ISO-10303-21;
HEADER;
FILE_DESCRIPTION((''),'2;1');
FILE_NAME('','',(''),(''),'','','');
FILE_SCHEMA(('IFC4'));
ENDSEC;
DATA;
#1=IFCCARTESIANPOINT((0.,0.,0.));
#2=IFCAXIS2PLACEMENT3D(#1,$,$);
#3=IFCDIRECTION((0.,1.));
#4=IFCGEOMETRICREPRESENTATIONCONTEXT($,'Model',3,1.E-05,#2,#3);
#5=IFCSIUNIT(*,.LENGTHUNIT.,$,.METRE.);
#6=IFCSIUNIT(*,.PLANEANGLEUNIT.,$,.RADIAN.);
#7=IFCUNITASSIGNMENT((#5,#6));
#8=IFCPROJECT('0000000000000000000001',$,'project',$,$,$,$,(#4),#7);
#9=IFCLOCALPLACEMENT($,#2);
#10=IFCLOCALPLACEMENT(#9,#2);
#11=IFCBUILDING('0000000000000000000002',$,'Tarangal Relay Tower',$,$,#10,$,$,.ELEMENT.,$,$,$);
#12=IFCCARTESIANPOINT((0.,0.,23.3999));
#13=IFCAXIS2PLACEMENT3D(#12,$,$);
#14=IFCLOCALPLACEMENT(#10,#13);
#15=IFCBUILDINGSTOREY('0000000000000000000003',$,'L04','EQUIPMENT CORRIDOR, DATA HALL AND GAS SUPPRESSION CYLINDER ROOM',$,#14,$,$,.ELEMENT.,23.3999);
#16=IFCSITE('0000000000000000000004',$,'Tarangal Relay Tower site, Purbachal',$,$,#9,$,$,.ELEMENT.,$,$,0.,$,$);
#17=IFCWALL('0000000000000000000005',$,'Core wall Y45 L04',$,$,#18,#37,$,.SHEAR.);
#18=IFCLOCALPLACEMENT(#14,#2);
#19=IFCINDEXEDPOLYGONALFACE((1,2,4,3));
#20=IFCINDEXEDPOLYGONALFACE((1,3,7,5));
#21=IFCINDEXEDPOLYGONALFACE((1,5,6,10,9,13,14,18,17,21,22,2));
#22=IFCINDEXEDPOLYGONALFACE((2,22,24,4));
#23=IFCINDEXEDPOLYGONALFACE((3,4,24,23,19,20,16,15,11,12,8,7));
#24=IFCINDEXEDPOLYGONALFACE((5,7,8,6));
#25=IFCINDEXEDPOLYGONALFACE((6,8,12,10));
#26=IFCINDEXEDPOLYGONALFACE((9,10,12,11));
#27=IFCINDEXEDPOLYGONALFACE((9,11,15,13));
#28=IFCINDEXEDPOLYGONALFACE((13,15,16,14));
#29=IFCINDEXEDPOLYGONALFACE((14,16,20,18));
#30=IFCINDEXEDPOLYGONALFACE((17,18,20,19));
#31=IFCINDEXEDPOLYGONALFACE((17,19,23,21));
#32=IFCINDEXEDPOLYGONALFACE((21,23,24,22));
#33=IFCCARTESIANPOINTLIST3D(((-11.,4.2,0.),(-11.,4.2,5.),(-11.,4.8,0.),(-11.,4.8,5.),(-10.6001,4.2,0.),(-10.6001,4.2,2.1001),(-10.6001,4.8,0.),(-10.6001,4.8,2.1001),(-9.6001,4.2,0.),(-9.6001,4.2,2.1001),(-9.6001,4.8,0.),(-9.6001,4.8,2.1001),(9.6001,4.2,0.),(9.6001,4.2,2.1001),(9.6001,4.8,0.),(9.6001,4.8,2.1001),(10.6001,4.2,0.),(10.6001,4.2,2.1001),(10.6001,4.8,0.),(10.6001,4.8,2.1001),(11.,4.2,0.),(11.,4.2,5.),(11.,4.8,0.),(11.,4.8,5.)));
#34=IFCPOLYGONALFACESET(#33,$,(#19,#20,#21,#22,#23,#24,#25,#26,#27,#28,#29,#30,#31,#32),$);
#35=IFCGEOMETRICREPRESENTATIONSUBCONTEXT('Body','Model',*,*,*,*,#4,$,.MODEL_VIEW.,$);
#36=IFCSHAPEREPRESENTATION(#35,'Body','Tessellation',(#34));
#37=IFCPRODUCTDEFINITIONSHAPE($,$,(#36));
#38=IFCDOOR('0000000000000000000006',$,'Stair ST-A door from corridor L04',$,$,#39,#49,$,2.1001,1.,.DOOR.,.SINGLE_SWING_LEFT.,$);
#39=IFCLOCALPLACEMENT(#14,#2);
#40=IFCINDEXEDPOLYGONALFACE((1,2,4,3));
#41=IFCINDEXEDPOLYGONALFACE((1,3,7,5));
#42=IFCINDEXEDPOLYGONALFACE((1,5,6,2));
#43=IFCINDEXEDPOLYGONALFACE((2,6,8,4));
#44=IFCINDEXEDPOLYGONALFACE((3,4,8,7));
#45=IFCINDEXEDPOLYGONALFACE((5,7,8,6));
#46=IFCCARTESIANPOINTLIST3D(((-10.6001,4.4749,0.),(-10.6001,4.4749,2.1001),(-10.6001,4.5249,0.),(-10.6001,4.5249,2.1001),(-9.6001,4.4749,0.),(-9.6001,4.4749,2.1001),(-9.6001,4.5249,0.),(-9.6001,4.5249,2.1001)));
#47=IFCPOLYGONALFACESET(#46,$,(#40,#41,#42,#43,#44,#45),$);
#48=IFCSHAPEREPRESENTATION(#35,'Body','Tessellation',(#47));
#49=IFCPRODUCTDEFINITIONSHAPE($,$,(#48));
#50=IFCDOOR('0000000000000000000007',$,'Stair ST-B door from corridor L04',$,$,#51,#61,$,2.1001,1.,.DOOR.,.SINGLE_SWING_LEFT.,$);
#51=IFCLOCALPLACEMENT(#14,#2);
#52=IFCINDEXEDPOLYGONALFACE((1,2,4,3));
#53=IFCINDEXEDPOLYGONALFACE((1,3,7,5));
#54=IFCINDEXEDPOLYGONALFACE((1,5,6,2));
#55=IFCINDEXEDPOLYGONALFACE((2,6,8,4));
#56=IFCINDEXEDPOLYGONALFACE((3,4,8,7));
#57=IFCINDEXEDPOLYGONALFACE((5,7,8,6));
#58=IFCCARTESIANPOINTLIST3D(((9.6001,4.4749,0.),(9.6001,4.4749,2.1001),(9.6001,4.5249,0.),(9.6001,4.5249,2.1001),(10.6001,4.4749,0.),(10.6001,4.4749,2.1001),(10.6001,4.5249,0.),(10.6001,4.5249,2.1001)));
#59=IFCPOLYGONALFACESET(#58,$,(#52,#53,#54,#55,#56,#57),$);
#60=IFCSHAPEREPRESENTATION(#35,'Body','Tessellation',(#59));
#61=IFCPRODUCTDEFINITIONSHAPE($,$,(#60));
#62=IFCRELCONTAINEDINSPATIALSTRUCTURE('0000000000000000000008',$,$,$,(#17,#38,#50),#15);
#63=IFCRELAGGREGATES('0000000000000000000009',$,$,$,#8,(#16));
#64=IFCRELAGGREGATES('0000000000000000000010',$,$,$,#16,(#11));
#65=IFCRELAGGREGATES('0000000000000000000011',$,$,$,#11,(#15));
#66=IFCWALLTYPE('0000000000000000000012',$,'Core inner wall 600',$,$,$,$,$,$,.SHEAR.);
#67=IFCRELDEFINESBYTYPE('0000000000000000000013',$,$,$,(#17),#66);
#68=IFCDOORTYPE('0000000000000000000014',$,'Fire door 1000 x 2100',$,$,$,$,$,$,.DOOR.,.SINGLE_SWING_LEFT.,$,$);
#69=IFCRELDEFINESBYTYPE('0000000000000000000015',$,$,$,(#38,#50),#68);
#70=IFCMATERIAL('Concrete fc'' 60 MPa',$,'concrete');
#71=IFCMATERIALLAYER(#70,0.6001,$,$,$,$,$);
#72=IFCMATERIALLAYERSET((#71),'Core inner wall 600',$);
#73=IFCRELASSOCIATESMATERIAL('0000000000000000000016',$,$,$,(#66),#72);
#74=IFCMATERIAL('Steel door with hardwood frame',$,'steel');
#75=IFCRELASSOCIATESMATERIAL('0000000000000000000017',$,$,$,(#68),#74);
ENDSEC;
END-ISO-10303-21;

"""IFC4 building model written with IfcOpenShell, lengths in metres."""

from ifc_helpers import new_model, si_unit, direction, frame, frame_2d, origin, place, context, subcontext, project, spatial, rectangle, extrude, material, layer, layer_set, type_object, element, fill, save


model = new_model("IFC4")

# Units and contexts
model_context = context("Model", 3, precision=1e-05, world=origin(), true_north=direction((0.0, 1.0)))
body_context = subcontext(model_context, "Body", "Model", "MODEL_VIEW")
ifc_project = project(units=[si_unit("LENGTHUNIT", "METRE"), si_unit("PLANEANGLEUNIT", "RADIAN")], contexts=[model_context])

# Site, building, storey
site_placement = place(None, origin())
site = spatial("IfcSite", under=ifc_project, at=site_placement, Name="Tarangal Relay Tower site, Purbachal", CompositionType="ELEMENT", RefElevation=0.0)
building_placement = place(site_placement, origin())
building = spatial("IfcBuilding", under=site, at=building_placement, Name="Tarangal Relay Tower", CompositionType="ELEMENT")
storey_placement = place(building_placement, frame((0.0, 0.0, 23.3999)))
storey = spatial("IfcBuildingStorey", under=building, at=storey_placement, Name="L04", Description="EQUIPMENT CORRIDOR, DATA HALL AND GAS SUPPRESSION CYLINDER ROOM", CompositionType="ELEMENT", Elevation=23.3999)

# Wall, openings, doors
ifc_material_1 = material(Name="Concrete fc' 60 MPa", Category="concrete")
ifc_layer = layer(ifc_material_1, 0.6001)
ifc_layer_set = layer_set([ifc_layer], Name="Core inner wall 600")
wall_type = type_object("IfcWallType", Name="Core inner wall 600", PredefinedType="SHEAR", material=ifc_layer_set)
wall_1_placement = place(storey_placement, frame((-11.0, 4.5, 0.0), z_axis=(0.0, 0.0, 1.0), x_axis=(1.0, 0.0, 0.0)))
wall_1 = element("IfcWall", 1, at=wall_1_placement, inside=storey, type_object=wall_type, Name="Core wall Y45 L04", PredefinedType="SHEAR", context=body_context, shape_type="SweptSolid", body=[
    extrude(rectangle(XDim=22.0, YDim=0.6001, at=frame_2d((11.0, 0.0))), origin(), (0.0, 0.0, 1.0), 5.0),
])
opening_1_placement = place(wall_1_placement, frame((0.3999, 0.0, 0.0)))
opening_1 = element("IfcOpeningElement", 2, at=opening_1_placement, cuts=wall_1, PredefinedType="OPENING", context=body_context, shape_type="SweptSolid", body=[
    extrude(rectangle(XDim=1.0, YDim=2.1001, at=frame_2d((0.5, 1.05))), frame((0.0, 0.3101, 0.0), z_axis=(0.0, -1.0, 0.0), x_axis=(1.0, 0.0, 0.0)), (0.0, 0.0, 1.0), 0.6201),
])
opening_2_placement = place(wall_1_placement, frame((20.6001, 0.0, 0.0)))
opening_2 = element("IfcOpeningElement", 3, at=opening_2_placement, cuts=wall_1, PredefinedType="OPENING", context=body_context, shape_type="SweptSolid", body=[
    extrude(rectangle(XDim=1.0, YDim=2.1001, at=frame_2d((0.5, 1.05))), frame((0.0, 0.3101, 0.0), z_axis=(0.0, -1.0, 0.0), x_axis=(1.0, 0.0, 0.0)), (0.0, 0.0, 1.0), 0.6201),
])
ifc_material_2 = material(Name="Steel door with hardwood frame", Category="steel")
door_type_1 = type_object("IfcDoorType", Name="Fire door 1000 x 2100", OperationType="SINGLE_SWING_LEFT", PredefinedType="DOOR", material=ifc_material_2)
door_1_placement = place(opening_1_placement, origin())
door_1 = element("IfcDoor", 4, at=door_1_placement, inside=storey, type_object=door_type_1, Name="Stair ST-A door from corridor L04", OperationType="SINGLE_SWING_LEFT", OverallHeight=2.1001, OverallWidth=1.0, PredefinedType="DOOR", context=body_context, shape_type="SweptSolid", body=[
    extrude(rectangle(XDim=1.0, YDim=2.1001, at=frame_2d((0.5, 1.05))), frame((0.0, 0.0249, 0.0), z_axis=(0.0, -1.0, 0.0), x_axis=(1.0, 0.0, 0.0)), (0.0, 0.0, 1.0), 0.05),
])
fill(opening_1, door_1)
door_2_placement = place(opening_2_placement, origin())
door_2 = element("IfcDoor", 5, at=door_2_placement, inside=storey, type_object=door_type_1, Name="Stair ST-B door from corridor L04", OperationType="SINGLE_SWING_LEFT", OverallHeight=2.1001, OverallWidth=1.0, PredefinedType="DOOR", context=body_context, shape_type="SweptSolid", body=[
    extrude(rectangle(XDim=1.0, YDim=2.1001, at=frame_2d((0.5, 1.05))), frame((0.0, 0.0249, 0.0), z_axis=(0.0, -1.0, 0.0), x_axis=(1.0, 0.0, 0.0)), (0.0, 0.0, 1.0), 0.05),
])
fill(opening_2, door_2)

save(model, "model.ifc")
